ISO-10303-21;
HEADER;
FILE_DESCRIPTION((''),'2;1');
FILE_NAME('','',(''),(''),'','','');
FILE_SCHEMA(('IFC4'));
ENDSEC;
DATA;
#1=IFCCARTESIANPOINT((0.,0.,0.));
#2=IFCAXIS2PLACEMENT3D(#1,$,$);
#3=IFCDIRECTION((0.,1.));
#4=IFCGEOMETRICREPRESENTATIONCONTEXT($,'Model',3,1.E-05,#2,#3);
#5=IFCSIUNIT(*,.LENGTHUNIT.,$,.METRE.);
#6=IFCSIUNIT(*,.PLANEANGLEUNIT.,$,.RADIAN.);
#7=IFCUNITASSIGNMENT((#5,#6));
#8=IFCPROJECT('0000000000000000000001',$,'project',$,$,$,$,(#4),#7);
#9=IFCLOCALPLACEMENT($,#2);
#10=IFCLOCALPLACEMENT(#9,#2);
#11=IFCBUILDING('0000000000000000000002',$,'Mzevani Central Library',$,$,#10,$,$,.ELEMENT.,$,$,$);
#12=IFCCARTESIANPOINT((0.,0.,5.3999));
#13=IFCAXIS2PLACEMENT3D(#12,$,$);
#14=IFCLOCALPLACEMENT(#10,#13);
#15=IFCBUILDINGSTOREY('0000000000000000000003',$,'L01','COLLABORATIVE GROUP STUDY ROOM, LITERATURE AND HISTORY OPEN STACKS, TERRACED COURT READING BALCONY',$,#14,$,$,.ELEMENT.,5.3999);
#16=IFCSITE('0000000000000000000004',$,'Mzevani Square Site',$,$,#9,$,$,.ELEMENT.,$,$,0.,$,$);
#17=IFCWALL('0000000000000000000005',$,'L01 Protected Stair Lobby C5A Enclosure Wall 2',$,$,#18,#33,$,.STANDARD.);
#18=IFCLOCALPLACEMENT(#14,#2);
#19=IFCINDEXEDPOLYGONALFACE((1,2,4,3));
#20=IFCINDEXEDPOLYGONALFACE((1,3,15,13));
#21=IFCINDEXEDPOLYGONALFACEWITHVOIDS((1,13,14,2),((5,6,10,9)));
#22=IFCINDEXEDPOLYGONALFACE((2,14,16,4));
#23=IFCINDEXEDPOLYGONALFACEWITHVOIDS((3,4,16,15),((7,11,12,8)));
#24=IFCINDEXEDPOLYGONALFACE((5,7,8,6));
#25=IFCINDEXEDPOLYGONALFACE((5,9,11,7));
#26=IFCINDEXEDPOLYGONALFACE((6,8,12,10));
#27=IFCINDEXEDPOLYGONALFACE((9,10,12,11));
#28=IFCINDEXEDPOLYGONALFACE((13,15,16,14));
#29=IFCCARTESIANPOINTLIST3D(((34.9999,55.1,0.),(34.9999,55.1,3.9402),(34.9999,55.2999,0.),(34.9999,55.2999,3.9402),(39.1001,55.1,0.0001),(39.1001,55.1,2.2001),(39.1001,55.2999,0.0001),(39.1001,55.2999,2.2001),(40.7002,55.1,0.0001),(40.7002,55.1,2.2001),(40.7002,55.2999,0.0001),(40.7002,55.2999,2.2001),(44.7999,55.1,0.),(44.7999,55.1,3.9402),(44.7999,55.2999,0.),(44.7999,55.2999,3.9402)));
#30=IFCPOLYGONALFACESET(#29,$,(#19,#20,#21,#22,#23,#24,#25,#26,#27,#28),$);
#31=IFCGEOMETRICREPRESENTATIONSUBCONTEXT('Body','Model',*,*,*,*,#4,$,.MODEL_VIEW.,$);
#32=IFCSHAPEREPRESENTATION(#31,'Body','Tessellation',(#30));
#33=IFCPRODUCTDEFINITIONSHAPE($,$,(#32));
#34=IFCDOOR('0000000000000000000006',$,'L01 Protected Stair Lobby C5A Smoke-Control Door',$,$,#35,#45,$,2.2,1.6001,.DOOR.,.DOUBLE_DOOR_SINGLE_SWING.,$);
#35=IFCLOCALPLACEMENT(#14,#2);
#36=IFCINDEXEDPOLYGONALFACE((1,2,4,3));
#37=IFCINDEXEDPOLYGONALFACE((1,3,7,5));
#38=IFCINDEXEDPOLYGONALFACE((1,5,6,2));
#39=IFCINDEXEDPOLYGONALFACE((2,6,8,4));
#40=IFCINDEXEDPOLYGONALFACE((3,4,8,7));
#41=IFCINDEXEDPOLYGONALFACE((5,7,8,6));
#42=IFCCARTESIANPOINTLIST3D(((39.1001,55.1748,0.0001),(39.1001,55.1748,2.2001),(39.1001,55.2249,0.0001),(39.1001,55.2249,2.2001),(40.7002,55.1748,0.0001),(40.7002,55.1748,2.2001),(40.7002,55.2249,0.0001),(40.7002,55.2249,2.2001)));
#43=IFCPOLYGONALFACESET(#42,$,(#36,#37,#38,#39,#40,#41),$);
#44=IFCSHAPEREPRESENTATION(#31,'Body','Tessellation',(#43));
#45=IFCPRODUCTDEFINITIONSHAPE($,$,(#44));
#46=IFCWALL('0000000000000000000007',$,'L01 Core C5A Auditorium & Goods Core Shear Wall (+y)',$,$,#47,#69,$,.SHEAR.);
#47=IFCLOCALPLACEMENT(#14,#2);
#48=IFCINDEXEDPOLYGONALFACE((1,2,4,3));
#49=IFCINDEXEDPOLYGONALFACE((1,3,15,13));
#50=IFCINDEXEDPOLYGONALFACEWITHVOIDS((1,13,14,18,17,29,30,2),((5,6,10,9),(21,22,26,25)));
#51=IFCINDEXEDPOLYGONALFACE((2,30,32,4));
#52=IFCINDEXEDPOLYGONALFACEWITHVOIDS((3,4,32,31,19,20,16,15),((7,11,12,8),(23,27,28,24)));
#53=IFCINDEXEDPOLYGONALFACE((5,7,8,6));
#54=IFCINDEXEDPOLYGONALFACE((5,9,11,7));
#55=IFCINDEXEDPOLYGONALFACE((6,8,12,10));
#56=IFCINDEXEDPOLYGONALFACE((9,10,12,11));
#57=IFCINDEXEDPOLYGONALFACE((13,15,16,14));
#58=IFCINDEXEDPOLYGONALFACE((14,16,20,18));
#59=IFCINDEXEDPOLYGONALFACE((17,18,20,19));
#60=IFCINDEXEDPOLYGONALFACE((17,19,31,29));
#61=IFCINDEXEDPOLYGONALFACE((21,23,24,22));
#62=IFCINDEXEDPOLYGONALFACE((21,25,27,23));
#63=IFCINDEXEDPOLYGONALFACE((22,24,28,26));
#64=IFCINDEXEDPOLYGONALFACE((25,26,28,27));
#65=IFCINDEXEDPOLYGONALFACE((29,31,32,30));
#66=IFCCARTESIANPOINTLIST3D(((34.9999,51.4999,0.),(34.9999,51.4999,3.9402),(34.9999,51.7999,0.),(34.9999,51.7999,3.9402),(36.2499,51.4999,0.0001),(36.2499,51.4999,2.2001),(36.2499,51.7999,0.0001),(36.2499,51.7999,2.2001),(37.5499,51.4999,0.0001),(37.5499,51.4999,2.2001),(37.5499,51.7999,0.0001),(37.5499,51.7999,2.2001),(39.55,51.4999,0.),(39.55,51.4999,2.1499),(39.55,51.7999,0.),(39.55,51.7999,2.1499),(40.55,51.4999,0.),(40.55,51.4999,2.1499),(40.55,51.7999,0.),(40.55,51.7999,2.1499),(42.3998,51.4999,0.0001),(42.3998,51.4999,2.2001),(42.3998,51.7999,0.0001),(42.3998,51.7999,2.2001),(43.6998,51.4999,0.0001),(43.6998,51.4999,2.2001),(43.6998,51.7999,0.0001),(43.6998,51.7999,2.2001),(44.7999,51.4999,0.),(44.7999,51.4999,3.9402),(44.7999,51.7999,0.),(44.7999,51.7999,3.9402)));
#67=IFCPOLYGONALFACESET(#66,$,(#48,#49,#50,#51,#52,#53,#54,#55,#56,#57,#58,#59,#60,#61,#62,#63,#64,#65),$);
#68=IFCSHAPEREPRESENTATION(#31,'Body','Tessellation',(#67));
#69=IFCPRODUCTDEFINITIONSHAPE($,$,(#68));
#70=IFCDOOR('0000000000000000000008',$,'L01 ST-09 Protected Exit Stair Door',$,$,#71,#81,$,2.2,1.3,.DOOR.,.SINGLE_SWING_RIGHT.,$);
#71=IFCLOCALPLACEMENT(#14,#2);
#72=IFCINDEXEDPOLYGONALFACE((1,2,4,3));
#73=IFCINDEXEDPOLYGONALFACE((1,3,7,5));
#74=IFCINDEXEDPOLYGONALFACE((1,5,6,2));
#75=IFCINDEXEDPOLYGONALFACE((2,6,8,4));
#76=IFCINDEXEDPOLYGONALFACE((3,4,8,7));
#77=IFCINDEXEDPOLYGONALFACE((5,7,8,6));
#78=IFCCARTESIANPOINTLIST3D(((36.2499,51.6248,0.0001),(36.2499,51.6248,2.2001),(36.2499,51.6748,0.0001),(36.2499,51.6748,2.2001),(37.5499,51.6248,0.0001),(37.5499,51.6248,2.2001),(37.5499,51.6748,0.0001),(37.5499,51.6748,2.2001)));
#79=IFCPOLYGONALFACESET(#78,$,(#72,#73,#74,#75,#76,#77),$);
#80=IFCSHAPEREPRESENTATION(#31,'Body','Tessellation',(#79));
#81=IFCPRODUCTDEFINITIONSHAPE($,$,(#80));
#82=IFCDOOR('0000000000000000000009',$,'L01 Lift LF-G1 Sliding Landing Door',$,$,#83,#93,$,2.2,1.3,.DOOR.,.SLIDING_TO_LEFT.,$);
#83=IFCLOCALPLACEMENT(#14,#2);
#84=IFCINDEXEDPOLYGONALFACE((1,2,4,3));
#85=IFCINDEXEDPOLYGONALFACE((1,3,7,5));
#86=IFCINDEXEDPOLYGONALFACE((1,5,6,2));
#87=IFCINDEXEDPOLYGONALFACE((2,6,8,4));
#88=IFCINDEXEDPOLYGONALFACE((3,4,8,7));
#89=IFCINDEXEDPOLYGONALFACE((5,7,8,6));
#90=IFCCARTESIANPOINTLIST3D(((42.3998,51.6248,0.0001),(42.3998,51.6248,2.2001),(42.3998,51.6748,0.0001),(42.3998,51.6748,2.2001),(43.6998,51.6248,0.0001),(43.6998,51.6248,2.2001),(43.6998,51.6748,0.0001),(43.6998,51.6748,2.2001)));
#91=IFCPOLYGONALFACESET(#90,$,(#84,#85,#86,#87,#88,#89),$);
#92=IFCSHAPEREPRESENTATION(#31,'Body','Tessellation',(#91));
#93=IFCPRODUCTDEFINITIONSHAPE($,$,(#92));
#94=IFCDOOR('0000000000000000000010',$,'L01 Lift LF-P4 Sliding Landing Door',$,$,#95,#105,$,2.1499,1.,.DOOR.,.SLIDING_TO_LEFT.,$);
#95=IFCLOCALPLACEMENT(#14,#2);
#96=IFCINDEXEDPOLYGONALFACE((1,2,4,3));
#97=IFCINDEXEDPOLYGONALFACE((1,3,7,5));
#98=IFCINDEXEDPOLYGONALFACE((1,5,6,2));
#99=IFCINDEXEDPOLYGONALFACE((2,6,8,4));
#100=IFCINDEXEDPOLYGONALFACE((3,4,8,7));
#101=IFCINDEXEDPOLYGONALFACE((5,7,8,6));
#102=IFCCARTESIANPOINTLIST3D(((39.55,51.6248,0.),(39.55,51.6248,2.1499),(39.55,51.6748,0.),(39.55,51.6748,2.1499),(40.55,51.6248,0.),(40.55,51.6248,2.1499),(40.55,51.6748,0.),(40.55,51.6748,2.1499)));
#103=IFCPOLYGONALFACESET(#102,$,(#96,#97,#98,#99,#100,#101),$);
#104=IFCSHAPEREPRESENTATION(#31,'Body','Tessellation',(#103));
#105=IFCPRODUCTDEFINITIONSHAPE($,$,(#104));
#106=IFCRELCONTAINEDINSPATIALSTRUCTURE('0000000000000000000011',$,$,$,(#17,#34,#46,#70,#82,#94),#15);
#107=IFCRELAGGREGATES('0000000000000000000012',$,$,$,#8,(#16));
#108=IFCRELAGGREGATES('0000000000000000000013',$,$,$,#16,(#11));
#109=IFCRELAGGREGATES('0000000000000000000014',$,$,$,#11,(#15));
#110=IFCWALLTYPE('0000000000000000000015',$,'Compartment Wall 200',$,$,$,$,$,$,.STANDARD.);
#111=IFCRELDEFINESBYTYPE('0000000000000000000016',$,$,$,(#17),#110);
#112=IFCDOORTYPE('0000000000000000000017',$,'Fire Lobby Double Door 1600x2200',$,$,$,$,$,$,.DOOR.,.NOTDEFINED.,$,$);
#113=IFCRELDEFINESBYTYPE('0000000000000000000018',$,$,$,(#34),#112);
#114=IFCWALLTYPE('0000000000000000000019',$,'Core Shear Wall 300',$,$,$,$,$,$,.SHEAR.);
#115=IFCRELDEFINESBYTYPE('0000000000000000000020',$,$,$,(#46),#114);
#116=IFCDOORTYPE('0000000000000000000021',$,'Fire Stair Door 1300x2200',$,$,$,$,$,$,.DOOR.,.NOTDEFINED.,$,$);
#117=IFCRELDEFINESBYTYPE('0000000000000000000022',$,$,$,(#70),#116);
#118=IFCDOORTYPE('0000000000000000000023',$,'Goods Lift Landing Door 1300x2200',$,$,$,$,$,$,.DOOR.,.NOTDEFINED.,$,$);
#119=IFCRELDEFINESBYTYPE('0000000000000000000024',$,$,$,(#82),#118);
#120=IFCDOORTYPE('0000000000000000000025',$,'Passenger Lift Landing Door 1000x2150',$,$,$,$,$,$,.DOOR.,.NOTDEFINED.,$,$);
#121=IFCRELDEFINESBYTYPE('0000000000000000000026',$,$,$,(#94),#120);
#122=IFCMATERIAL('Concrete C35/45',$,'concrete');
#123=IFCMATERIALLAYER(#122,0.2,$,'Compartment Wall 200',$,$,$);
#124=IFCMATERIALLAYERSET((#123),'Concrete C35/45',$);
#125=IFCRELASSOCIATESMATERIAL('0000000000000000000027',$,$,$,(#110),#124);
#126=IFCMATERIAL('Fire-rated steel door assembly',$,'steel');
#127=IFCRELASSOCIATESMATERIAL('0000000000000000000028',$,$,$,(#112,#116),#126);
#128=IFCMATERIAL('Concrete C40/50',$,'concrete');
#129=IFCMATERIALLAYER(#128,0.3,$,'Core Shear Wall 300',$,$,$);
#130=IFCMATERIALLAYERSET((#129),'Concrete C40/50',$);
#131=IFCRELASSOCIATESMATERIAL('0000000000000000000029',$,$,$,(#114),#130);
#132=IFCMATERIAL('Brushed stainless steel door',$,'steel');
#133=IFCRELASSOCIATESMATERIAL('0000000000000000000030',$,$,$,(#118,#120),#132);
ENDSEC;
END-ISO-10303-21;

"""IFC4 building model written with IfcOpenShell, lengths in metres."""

from ifc_helpers import new_model, si_unit, direction, frame, frame_2d, origin, place, context, subcontext, project, spatial, rectangle, extrude, material, layer, layer_set, type_object, element, fill, save


model = new_model("IFC4")

# Units and contexts
model_context = context("Model", 3, precision=1e-05, world=origin(), true_north=direction((0.0, 1.0)))
body_context = subcontext(model_context, "Body", "Model", "MODEL_VIEW")
ifc_project = project(units=[si_unit("LENGTHUNIT", "METRE"), si_unit("PLANEANGLEUNIT", "RADIAN")], contexts=[model_context])

# Site, building, storey
site_placement = place(None, origin())
site = spatial("IfcSite", under=ifc_project, at=site_placement, Name="Mzevani Square Site", CompositionType="ELEMENT", RefElevation=0.0)
building_placement = place(site_placement, origin())
building = spatial("IfcBuilding", under=site, at=building_placement, Name="Mzevani Central Library", CompositionType="ELEMENT")
storey_placement = place(building_placement, frame((0.0, 0.0, 5.3999)))
storey = spatial("IfcBuildingStorey", under=building, at=storey_placement, Name="L01", Description="COLLABORATIVE GROUP STUDY ROOM, LITERATURE AND HISTORY OPEN STACKS, TERRACED COURT READING BALCONY", CompositionType="ELEMENT", Elevation=5.3999)

# Shared definitions
ifc_material_1 = material(Name="Concrete C40/50", Category="concrete")

# Shared definitions
ifc_material_2 = material(Name="Concrete C35/45", Category="concrete")

# Shared definitions
ifc_layer_1 = layer(ifc_material_2, 0.2, Name="Compartment Wall 200")
ifc_layer_set_1 = layer_set([ifc_layer_1], Name="Concrete C35/45")
wall_type_1 = type_object("IfcWallType", Name="Compartment Wall 200", PredefinedType="STANDARD", material=ifc_layer_set_1)

# Wall, opening, door
wall_1_placement = place(storey_placement, frame((35.0, 55.2, 0.0), z_axis=(0.0, 0.0, 1.0), x_axis=(1.0, 0.0, 0.0)))
wall_1 = element("IfcWall", 1, at=wall_1_placement, inside=storey, type_object=wall_type_1, Name="L01 Protected Stair Lobby C5A Enclosure Wall 2", PredefinedType="STANDARD", context=body_context, shape_type="SweptSolid", body=[
    extrude(rectangle(XDim=9.8, YDim=0.2, at=frame_2d((4.8999, 0.0))), origin(), (0.0, 0.0, 1.0), 3.9402),
])
opening_1_placement = place(wall_1_placement, frame((4.1001, 0.0, 0.0)))
opening_1 = element("IfcOpeningElement", 2, at=opening_1_placement, cuts=wall_1, PredefinedType="OPENING", context=body_context, shape_type="SweptSolid", body=[
    extrude(rectangle(XDim=1.6001, YDim=2.2, at=frame_2d((0.8, 1.1001))), frame((0.0, 0.1099, 0.0), z_axis=(0.0, -1.0, 0.0), x_axis=(1.0, 0.0, 0.0)), (0.0, 0.0, 1.0), 0.22),
])
ifc_material_3 = material(Name="Fire-rated steel door assembly", Category="steel")
door_type_1 = type_object("IfcDoorType", Name="Fire Lobby Double Door 1600x2200", OperationType="NOTDEFINED", PredefinedType="DOOR", material=ifc_material_3)
door_1_placement = place(opening_1_placement, origin())
door_1 = element("IfcDoor", 3, at=door_1_placement, inside=storey, type_object=door_type_1, Name="L01 Protected Stair Lobby C5A Smoke-Control Door", OperationType="DOUBLE_DOOR_SINGLE_SWING", OverallHeight=2.2, OverallWidth=1.6001, PredefinedType="DOOR", context=body_context, shape_type="SweptSolid", body=[
    extrude(rectangle(XDim=1.6001, YDim=2.2, at=frame_2d((0.8, 1.1001))), frame((0.0, 0.0249, 0.0), z_axis=(0.0, -1.0, 0.0), x_axis=(1.0, 0.0, 0.0)), (0.0, 0.0, 1.0), 0.05),
])
fill(opening_1, door_1)

# Wall, openings, doors
ifc_layer_2 = layer(ifc_material_1, 0.3, Name="Core Shear Wall 300")
ifc_layer_set_2 = layer_set([ifc_layer_2], Name="Concrete C40/50")
wall_type_2 = type_object("IfcWallType", Name="Core Shear Wall 300", PredefinedType="SHEAR", material=ifc_layer_set_2)
wall_2_placement = place(storey_placement, frame((35.0, 51.6499, 0.0), z_axis=(0.0, 0.0, 1.0), x_axis=(1.0, 0.0, 0.0)))
wall_2 = element("IfcWall", 4, at=wall_2_placement, inside=storey, type_object=wall_type_2, Name="L01 Core C5A Auditorium & Goods Core Shear Wall (+y)", PredefinedType="SHEAR", context=body_context, shape_type="SweptSolid", body=[
    extrude(rectangle(XDim=9.8, YDim=0.3, at=frame_2d((4.8999, 0.0))), origin(), (0.0, 0.0, 1.0), 3.9402),
])
opening_2_placement = place(wall_2_placement, frame((1.25, 0.0, 0.0)))
opening_2 = element("IfcOpeningElement", 5, at=opening_2_placement, cuts=wall_2, PredefinedType="OPENING", context=body_context, shape_type="SweptSolid", body=[
    extrude(rectangle(XDim=1.3, YDim=2.2, at=frame_2d((0.6499, 1.1001))), frame((0.0, 0.1602, 0.0), z_axis=(0.0, -1.0, 0.0), x_axis=(1.0, 0.0, 0.0)), (0.0, 0.0, 1.0), 0.3201),
])
opening_3_placement = place(wall_2_placement, frame((4.55, 0.0, 0.0)))
opening_3 = element("IfcOpeningElement", 6, at=opening_3_placement, cuts=wall_2, PredefinedType="OPENING", context=body_context, shape_type="SweptSolid", body=[
    extrude(rectangle(XDim=1.0, YDim=2.1499, at=frame_2d((0.5, 1.075))), frame((0.0, 0.1602, 0.0), z_axis=(0.0, -1.0, 0.0), x_axis=(1.0, 0.0, 0.0)), (0.0, 0.0, 1.0), 0.3201),
])
opening_4_placement = place(wall_2_placement, frame((7.3999, 0.0, 0.0)))
opening_4 = element("IfcOpeningElement", 7, at=opening_4_placement, cuts=wall_2, PredefinedType="OPENING", context=body_context, shape_type="SweptSolid", body=[
    extrude(rectangle(XDim=1.3, YDim=2.2, at=frame_2d((0.6499, 1.1001))), frame((0.0, 0.1602, 0.0), z_axis=(0.0, -1.0, 0.0), x_axis=(1.0, 0.0, 0.0)), (0.0, 0.0, 1.0), 0.3201),
])
door_type_2 = type_object("IfcDoorType", Name="Fire Stair Door 1300x2200", OperationType="NOTDEFINED", PredefinedType="DOOR", material=ifc_material_3)
door_2_placement = place(opening_2_placement, origin())
door_2 = element("IfcDoor", 8, at=door_2_placement, inside=storey, type_object=door_type_2, Name="L01 ST-09 Protected Exit Stair Door", OperationType="SINGLE_SWING_RIGHT", OverallHeight=2.2, OverallWidth=1.3, PredefinedType="DOOR", context=body_context, shape_type="SweptSolid", body=[
    extrude(rectangle(XDim=1.3, YDim=2.2, at=frame_2d((0.6499, 1.1001))), frame((0.0, 0.0249, 0.0), z_axis=(0.0, -1.0, 0.0), x_axis=(1.0, 0.0, 0.0)), (0.0, 0.0, 1.0), 0.05),
])
fill(opening_2, door_2)
ifc_material_4 = material(Name="Brushed stainless steel door", Category="steel")
door_type_3 = type_object("IfcDoorType", Name="Goods Lift Landing Door 1300x2200", OperationType="NOTDEFINED", PredefinedType="DOOR", material=ifc_material_4)
door_3_placement = place(opening_4_placement, origin())
door_3 = element("IfcDoor", 9, at=door_3_placement, inside=storey, type_object=door_type_3, Name="L01 Lift LF-G1 Sliding Landing Door", OperationType="SLIDING_TO_LEFT", OverallHeight=2.2, OverallWidth=1.3, PredefinedType="DOOR", context=body_context, shape_type="SweptSolid", body=[
    extrude(rectangle(XDim=1.3, YDim=2.2, at=frame_2d((0.6499, 1.1001))), frame((0.0, 0.0249, 0.0), z_axis=(0.0, -1.0, 0.0), x_axis=(1.0, 0.0, 0.0)), (0.0, 0.0, 1.0), 0.05),
])
fill(opening_4, door_3)
door_type_4 = type_object("IfcDoorType", Name="Passenger Lift Landing Door 1000x2150", OperationType="NOTDEFINED", PredefinedType="DOOR", material=ifc_material_4)
door_4_placement = place(opening_3_placement, origin())
door_4 = element("IfcDoor", 10, at=door_4_placement, inside=storey, type_object=door_type_4, Name="L01 Lift LF-P4 Sliding Landing Door", OperationType="SLIDING_TO_LEFT", OverallHeight=2.1499, OverallWidth=1.0, PredefinedType="DOOR", context=body_context, shape_type="SweptSolid", body=[
    extrude(rectangle(XDim=1.0, YDim=2.1499, at=frame_2d((0.5, 1.075))), frame((0.0, 0.0249, 0.0), z_axis=(0.0, -1.0, 0.0), x_axis=(1.0, 0.0, 0.0)), (0.0, 0.0, 1.0), 0.05),
])
fill(opening_3, door_4)

save(model, "model.ifc")
